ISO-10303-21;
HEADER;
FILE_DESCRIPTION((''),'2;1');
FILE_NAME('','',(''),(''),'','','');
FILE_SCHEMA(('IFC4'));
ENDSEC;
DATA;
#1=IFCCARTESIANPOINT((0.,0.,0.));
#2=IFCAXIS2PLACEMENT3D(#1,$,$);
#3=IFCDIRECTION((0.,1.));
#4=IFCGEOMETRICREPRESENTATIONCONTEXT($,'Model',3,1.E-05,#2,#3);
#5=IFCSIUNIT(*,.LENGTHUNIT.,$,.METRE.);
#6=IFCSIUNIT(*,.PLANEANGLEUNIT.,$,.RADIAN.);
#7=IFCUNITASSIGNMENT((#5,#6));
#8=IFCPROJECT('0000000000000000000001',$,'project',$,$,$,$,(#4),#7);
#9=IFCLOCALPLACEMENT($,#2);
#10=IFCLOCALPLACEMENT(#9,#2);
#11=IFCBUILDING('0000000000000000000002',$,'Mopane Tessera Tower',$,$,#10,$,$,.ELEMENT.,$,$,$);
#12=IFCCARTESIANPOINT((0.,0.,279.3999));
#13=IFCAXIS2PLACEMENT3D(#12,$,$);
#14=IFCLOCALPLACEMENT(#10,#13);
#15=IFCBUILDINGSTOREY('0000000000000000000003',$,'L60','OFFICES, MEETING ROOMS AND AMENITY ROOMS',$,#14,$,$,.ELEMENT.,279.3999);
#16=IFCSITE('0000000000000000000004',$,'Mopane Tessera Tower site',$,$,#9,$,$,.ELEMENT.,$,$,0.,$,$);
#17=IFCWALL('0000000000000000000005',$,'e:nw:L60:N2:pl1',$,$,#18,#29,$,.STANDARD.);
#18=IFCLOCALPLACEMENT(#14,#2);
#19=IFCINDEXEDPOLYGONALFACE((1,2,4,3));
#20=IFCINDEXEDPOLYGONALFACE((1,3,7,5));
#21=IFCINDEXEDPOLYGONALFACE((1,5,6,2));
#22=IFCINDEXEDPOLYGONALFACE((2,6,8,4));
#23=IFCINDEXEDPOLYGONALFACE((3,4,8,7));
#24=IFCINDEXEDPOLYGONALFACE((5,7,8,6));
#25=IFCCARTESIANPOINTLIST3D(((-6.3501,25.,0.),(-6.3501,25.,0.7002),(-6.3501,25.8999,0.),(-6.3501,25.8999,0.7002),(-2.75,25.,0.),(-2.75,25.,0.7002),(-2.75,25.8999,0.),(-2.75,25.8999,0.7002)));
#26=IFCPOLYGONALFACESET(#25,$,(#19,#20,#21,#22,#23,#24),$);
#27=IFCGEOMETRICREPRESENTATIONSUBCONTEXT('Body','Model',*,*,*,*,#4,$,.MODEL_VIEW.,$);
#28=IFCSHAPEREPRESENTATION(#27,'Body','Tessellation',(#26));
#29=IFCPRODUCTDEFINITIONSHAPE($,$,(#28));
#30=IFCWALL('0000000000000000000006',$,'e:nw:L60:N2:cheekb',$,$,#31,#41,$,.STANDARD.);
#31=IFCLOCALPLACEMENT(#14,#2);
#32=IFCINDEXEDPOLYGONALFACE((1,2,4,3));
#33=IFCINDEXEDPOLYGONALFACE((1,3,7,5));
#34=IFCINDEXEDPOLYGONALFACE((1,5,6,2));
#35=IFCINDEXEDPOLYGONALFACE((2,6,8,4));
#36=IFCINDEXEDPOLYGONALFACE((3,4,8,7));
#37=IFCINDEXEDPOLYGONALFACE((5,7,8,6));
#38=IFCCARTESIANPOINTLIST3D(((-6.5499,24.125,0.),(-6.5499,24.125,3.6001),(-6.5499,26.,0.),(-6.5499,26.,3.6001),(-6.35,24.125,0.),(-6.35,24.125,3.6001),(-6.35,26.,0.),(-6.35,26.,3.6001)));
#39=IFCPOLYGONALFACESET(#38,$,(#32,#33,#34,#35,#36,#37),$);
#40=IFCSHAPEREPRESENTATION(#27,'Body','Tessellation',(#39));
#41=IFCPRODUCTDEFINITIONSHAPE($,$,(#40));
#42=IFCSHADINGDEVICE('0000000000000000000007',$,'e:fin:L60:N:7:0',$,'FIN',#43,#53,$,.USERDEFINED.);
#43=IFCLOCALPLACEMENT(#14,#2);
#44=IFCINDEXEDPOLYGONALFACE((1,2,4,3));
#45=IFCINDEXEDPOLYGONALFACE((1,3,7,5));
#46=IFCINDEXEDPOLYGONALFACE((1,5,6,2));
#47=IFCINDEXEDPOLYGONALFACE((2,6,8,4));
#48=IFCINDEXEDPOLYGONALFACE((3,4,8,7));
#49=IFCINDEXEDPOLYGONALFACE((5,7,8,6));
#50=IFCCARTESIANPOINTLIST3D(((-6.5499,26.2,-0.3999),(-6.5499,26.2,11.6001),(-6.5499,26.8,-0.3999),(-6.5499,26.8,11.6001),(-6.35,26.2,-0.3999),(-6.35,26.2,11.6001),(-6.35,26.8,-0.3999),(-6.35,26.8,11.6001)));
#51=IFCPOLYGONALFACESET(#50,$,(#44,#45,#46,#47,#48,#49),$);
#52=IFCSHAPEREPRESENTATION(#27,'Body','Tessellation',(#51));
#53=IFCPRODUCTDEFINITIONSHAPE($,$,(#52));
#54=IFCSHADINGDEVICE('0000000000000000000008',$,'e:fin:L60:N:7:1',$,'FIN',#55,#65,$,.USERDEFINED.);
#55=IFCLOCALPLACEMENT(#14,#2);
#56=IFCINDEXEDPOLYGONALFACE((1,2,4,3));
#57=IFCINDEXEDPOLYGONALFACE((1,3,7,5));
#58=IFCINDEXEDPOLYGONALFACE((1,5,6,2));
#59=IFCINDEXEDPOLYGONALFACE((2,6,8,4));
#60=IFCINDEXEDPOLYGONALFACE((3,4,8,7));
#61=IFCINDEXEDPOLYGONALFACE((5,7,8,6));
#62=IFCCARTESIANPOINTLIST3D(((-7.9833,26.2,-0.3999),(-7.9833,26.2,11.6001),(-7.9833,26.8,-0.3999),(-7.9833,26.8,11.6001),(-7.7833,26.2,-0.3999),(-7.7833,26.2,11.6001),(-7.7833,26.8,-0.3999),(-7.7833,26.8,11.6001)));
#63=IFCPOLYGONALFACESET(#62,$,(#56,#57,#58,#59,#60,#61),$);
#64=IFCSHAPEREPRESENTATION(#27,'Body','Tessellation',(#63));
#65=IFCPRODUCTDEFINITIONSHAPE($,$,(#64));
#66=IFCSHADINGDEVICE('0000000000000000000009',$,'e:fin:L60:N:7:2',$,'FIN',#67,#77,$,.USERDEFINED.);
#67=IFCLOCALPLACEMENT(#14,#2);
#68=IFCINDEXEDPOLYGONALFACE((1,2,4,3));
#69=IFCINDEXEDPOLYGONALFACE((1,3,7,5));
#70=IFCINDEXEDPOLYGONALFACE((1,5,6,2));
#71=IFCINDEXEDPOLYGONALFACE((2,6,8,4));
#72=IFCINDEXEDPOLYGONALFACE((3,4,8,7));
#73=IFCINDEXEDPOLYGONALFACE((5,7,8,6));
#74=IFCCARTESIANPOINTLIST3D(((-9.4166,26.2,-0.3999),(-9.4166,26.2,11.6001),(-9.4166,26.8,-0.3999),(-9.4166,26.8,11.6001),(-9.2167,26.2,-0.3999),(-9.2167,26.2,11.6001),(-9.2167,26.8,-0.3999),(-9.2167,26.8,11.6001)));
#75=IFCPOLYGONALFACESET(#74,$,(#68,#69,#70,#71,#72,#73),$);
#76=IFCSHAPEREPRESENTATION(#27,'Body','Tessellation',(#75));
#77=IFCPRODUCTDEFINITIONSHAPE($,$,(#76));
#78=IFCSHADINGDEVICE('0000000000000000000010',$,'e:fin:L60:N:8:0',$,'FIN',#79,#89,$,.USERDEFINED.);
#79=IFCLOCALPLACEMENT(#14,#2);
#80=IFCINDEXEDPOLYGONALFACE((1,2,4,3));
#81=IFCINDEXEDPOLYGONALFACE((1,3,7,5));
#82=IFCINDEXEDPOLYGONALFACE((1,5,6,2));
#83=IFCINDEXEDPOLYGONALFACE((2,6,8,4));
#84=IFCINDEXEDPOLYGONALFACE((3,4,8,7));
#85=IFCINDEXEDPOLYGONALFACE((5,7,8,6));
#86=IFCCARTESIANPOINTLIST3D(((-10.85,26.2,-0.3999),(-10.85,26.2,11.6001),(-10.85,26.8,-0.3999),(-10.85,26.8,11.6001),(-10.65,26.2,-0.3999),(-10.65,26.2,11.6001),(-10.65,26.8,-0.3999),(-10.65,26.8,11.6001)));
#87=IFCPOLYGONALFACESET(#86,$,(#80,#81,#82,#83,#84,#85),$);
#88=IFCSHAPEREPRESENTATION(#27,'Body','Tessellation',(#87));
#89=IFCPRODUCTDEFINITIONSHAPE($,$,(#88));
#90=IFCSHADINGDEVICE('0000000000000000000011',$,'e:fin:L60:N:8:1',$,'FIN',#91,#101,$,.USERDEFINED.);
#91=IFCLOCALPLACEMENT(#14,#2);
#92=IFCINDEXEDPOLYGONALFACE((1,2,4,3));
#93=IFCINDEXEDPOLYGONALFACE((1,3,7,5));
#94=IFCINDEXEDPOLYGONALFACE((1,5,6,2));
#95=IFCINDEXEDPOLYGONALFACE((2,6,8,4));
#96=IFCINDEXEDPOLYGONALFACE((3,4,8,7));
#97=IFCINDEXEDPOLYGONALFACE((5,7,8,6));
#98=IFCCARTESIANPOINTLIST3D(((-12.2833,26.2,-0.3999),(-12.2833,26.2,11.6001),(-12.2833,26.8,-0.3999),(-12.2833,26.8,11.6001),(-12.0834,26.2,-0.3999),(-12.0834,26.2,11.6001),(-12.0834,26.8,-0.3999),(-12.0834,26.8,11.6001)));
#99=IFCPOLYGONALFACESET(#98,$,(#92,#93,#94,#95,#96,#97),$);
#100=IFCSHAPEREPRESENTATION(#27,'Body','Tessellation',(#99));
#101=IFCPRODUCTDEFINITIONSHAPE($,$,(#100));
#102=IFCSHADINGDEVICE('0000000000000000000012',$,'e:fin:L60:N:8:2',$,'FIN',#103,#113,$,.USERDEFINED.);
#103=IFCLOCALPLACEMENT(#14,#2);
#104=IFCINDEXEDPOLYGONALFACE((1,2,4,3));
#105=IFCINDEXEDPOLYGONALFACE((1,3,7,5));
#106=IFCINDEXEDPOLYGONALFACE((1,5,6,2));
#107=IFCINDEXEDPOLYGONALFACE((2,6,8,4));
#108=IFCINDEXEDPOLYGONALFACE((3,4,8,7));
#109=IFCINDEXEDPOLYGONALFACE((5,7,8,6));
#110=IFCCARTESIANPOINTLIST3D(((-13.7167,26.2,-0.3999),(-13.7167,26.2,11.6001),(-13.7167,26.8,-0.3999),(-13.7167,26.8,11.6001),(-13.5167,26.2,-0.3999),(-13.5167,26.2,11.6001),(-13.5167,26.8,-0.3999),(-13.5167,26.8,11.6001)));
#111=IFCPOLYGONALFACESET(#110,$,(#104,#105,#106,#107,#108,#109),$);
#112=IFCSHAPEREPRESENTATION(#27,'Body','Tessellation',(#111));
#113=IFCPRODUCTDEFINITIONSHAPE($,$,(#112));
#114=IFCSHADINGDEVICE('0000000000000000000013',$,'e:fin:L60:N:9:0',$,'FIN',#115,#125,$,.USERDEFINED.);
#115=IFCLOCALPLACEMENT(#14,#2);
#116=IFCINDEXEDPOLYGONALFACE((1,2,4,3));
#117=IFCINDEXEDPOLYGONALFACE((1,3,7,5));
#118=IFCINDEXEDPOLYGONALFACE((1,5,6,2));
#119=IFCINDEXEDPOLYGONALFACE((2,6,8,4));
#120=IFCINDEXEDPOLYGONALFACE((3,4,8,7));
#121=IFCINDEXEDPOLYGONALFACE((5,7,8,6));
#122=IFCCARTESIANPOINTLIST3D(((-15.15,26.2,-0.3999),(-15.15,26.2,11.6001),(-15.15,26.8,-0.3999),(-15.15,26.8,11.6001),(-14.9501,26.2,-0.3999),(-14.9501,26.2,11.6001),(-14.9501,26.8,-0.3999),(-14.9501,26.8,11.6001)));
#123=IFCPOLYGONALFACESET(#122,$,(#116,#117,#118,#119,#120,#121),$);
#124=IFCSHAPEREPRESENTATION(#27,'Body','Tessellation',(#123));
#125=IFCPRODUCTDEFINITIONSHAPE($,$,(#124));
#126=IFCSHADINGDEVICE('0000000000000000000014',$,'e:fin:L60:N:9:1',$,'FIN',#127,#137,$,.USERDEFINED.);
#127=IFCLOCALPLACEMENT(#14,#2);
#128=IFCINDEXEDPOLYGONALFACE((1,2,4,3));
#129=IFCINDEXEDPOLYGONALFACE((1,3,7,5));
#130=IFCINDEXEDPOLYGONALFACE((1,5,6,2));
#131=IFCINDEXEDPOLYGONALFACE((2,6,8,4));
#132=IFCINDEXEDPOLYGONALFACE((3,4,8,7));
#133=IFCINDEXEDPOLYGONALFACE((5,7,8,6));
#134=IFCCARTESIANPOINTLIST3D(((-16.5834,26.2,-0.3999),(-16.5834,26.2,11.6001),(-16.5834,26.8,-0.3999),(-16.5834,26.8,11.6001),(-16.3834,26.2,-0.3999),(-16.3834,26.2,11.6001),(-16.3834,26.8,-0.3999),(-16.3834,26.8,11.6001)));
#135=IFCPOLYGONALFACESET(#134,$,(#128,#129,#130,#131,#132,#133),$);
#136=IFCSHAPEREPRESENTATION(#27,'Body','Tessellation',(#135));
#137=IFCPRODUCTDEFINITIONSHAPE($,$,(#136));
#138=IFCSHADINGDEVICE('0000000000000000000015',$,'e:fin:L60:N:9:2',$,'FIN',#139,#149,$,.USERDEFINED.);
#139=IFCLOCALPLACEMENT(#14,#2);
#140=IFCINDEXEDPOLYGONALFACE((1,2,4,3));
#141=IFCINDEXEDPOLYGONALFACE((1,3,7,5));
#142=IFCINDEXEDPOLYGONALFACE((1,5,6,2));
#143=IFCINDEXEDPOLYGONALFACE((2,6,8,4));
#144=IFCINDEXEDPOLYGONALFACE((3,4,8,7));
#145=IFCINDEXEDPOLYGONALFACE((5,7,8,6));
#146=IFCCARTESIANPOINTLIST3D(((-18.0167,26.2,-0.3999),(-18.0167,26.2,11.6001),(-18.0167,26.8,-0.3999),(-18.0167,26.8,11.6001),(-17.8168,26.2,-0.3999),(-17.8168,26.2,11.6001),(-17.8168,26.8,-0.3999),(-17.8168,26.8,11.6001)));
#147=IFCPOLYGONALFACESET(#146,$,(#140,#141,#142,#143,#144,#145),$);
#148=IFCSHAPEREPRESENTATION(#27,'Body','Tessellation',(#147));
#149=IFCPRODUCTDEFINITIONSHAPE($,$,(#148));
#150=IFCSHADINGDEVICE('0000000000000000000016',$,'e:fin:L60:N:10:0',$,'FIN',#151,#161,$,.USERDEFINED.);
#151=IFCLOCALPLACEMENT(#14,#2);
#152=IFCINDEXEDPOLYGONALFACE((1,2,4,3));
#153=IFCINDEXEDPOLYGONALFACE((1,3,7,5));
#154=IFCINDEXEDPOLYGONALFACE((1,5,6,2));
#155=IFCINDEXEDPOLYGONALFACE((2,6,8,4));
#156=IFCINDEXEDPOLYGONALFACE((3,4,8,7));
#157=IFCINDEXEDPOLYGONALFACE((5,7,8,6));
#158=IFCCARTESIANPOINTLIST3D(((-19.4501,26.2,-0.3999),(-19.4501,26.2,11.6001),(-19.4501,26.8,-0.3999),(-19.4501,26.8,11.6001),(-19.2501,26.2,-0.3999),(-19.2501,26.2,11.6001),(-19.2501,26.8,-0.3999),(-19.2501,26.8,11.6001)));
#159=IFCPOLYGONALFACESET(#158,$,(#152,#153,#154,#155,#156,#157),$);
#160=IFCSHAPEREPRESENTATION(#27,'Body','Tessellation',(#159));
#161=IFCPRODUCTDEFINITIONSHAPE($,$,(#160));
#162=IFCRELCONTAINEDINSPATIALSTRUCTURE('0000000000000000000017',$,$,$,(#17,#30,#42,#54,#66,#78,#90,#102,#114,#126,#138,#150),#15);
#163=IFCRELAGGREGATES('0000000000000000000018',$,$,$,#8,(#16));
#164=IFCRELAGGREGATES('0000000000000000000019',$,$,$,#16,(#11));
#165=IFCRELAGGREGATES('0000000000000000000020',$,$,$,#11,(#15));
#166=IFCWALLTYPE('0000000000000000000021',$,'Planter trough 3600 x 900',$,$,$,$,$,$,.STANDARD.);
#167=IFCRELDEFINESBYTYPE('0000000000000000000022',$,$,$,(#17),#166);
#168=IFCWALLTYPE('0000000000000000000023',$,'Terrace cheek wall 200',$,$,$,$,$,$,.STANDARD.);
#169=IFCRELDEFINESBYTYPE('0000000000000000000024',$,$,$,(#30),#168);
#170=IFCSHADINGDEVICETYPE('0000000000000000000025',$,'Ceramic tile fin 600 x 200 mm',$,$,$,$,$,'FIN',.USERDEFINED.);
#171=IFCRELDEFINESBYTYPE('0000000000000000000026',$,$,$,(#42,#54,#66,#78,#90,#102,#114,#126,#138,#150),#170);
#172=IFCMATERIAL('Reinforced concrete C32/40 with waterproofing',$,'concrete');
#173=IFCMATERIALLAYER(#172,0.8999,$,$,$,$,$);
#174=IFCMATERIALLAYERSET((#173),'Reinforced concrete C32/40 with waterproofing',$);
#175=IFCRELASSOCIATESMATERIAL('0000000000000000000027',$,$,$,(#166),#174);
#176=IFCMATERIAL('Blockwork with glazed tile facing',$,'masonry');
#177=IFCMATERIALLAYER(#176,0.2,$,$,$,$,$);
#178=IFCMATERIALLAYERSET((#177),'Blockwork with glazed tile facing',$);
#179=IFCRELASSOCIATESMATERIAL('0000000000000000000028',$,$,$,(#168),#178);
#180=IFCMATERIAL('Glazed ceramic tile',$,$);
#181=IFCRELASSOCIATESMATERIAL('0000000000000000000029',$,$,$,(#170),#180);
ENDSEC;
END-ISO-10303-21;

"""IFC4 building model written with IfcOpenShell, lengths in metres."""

from ifc_helpers import new_model, si_unit, direction, frame, frame_2d, origin, origin_2d, place, context, subcontext, project, spatial, rectangle, extrude, material, layer, layer_set, type_object, element, save


model = new_model("IFC4")

# Units and contexts
model_context = context("Model", 3, precision=1e-05, world=origin(), true_north=direction((0.0, 1.0)))
body_context = subcontext(model_context, "Body", "Model", "MODEL_VIEW")
ifc_project = project(units=[si_unit("LENGTHUNIT", "METRE"), si_unit("PLANEANGLEUNIT", "RADIAN")], contexts=[model_context])

# Site, building, storey
site_placement = place(None, origin())
site = spatial("IfcSite", under=ifc_project, at=site_placement, Name="Mopane Tessera Tower site", CompositionType="ELEMENT", RefElevation=0.0)
building_placement = place(site_placement, origin())
building = spatial("IfcBuilding", under=site, at=building_placement, Name="Mopane Tessera Tower", CompositionType="ELEMENT")
storey_placement = place(building_placement, frame((0.0, 0.0, 279.3999)))
storey = spatial("IfcBuildingStorey", under=building, at=storey_placement, Name="L60", Description="OFFICES, MEETING ROOMS AND AMENITY ROOMS", CompositionType="ELEMENT", Elevation=279.3999)

# Walls
ifc_material_1 = material(Name="Reinforced concrete C32/40 with waterproofing", Category="concrete")
ifc_layer_1 = layer(ifc_material_1, 0.8999)
ifc_layer_set_1 = layer_set([ifc_layer_1], Name="Reinforced concrete C32/40 with waterproofing")
wall_type_1 = type_object("IfcWallType", Name="Planter trough 3600 x 900", PredefinedType="STANDARD", material=ifc_layer_set_1)
wall_1_placement = place(storey_placement, frame((-2.75, 25.45, 0.0), z_axis=(0.0, 0.0, 1.0), x_axis=(-1.0, 0.0, 0.0)))
element("IfcWall", 1, at=wall_1_placement, inside=storey, type_object=wall_type_1, Name="e:nw:L60:N2:pl1", PredefinedType="STANDARD", context=body_context, shape_type="SweptSolid", body=[
    extrude(rectangle(XDim=3.6001, YDim=0.8999, at=frame_2d((1.8, 0.0))), origin(), (0.0, 0.0, 1.0), 0.7002),
])
ifc_material_2 = material(Name="Blockwork with glazed tile facing", Category="masonry")
ifc_layer_2 = layer(ifc_material_2, 0.2)
ifc_layer_set_2 = layer_set([ifc_layer_2], Name="Blockwork with glazed tile facing")
wall_type_2 = type_object("IfcWallType", Name="Terrace cheek wall 200", PredefinedType="STANDARD", material=ifc_layer_set_2)
wall_2_placement = place(storey_placement, frame((-6.45, 26.0, 0.0), z_axis=(0.0, 0.0, 1.0), x_axis=(0.0, -1.0, 0.0)))
element("IfcWall", 2, at=wall_2_placement, inside=storey, type_object=wall_type_2, Name="e:nw:L60:N2:cheekb", PredefinedType="STANDARD", context=body_context, shape_type="SweptSolid", body=[
    extrude(rectangle(XDim=1.875, YDim=0.2, at=frame_2d((0.9375, 0.0))), origin(), (0.0, 0.0, 1.0), 3.6001),
])

# Shading devices
ifc_material_3 = material(Name="Glazed ceramic tile")
shading_device_type = type_object("IfcShadingDeviceType", Name="Ceramic tile fin 600 x 200 mm", ElementType="FIN", PredefinedType="USERDEFINED", material=ifc_material_3)
for number, where, z_axis, x_axis, name in (
    (3, (-6.45, 26.5, -0.3999), (0.0, 0.0, 1.0), (-1.0, 0.0, 0.0), "e:fin:L60:N:7:0"),
    (4, (-7.8833, 26.5, -0.3999), (0.0, 0.0, 1.0), (-1.0, 0.0, 0.0), "e:fin:L60:N:7:1"),
    (5, (-9.3167, 26.5, -0.3999), (0.0, 0.0, 1.0), (-1.0, 0.0, 0.0), "e:fin:L60:N:7:2"),
    (6, (-10.75, 26.5, -0.3999), (0.0, 0.0, 1.0), (-1.0, 0.0, 0.0), "e:fin:L60:N:8:0"),
    (7, (-12.1833, 26.5, -0.3999), (0.0, 0.0, 1.0), (-1.0, 0.0, 0.0), "e:fin:L60:N:8:1"),
    (8, (-13.6167, 26.5, -0.3999), (0.0, 0.0, 1.0), (-1.0, 0.0, 0.0), "e:fin:L60:N:8:2"),
    (9, (-15.05, 26.5, -0.3999), (0.0, 0.0, 1.0), (-1.0, 0.0, 0.0), "e:fin:L60:N:9:0"),
    (10, (-16.4834, 26.5, -0.3999), (0.0, 0.0, 1.0), (-1.0, 0.0, 0.0), "e:fin:L60:N:9:1"),
    (11, (-17.9167, 26.5, -0.3999), (0.0, 0.0, 1.0), (-1.0, 0.0, 0.0), "e:fin:L60:N:9:2"),
    (12, (-19.3501, 26.5, -0.3999), (0.0, 0.0, 1.0), (-1.0, 0.0, 0.0), "e:fin:L60:N:10:0"),
):
    element("IfcShadingDevice", number, at=place(storey_placement, frame(where, z_axis=z_axis, x_axis=x_axis)), inside=storey, type_object=shading_device_type, Name=name, ObjectType="FIN", PredefinedType="USERDEFINED", context=body_context, shape_type="SweptSolid", body=[
        extrude(rectangle(XDim=0.2, YDim=0.6001, at=origin_2d()), origin(), (0.0, 0.0, 1.0), 12.0),
    ])

save(model, "model.ifc")
